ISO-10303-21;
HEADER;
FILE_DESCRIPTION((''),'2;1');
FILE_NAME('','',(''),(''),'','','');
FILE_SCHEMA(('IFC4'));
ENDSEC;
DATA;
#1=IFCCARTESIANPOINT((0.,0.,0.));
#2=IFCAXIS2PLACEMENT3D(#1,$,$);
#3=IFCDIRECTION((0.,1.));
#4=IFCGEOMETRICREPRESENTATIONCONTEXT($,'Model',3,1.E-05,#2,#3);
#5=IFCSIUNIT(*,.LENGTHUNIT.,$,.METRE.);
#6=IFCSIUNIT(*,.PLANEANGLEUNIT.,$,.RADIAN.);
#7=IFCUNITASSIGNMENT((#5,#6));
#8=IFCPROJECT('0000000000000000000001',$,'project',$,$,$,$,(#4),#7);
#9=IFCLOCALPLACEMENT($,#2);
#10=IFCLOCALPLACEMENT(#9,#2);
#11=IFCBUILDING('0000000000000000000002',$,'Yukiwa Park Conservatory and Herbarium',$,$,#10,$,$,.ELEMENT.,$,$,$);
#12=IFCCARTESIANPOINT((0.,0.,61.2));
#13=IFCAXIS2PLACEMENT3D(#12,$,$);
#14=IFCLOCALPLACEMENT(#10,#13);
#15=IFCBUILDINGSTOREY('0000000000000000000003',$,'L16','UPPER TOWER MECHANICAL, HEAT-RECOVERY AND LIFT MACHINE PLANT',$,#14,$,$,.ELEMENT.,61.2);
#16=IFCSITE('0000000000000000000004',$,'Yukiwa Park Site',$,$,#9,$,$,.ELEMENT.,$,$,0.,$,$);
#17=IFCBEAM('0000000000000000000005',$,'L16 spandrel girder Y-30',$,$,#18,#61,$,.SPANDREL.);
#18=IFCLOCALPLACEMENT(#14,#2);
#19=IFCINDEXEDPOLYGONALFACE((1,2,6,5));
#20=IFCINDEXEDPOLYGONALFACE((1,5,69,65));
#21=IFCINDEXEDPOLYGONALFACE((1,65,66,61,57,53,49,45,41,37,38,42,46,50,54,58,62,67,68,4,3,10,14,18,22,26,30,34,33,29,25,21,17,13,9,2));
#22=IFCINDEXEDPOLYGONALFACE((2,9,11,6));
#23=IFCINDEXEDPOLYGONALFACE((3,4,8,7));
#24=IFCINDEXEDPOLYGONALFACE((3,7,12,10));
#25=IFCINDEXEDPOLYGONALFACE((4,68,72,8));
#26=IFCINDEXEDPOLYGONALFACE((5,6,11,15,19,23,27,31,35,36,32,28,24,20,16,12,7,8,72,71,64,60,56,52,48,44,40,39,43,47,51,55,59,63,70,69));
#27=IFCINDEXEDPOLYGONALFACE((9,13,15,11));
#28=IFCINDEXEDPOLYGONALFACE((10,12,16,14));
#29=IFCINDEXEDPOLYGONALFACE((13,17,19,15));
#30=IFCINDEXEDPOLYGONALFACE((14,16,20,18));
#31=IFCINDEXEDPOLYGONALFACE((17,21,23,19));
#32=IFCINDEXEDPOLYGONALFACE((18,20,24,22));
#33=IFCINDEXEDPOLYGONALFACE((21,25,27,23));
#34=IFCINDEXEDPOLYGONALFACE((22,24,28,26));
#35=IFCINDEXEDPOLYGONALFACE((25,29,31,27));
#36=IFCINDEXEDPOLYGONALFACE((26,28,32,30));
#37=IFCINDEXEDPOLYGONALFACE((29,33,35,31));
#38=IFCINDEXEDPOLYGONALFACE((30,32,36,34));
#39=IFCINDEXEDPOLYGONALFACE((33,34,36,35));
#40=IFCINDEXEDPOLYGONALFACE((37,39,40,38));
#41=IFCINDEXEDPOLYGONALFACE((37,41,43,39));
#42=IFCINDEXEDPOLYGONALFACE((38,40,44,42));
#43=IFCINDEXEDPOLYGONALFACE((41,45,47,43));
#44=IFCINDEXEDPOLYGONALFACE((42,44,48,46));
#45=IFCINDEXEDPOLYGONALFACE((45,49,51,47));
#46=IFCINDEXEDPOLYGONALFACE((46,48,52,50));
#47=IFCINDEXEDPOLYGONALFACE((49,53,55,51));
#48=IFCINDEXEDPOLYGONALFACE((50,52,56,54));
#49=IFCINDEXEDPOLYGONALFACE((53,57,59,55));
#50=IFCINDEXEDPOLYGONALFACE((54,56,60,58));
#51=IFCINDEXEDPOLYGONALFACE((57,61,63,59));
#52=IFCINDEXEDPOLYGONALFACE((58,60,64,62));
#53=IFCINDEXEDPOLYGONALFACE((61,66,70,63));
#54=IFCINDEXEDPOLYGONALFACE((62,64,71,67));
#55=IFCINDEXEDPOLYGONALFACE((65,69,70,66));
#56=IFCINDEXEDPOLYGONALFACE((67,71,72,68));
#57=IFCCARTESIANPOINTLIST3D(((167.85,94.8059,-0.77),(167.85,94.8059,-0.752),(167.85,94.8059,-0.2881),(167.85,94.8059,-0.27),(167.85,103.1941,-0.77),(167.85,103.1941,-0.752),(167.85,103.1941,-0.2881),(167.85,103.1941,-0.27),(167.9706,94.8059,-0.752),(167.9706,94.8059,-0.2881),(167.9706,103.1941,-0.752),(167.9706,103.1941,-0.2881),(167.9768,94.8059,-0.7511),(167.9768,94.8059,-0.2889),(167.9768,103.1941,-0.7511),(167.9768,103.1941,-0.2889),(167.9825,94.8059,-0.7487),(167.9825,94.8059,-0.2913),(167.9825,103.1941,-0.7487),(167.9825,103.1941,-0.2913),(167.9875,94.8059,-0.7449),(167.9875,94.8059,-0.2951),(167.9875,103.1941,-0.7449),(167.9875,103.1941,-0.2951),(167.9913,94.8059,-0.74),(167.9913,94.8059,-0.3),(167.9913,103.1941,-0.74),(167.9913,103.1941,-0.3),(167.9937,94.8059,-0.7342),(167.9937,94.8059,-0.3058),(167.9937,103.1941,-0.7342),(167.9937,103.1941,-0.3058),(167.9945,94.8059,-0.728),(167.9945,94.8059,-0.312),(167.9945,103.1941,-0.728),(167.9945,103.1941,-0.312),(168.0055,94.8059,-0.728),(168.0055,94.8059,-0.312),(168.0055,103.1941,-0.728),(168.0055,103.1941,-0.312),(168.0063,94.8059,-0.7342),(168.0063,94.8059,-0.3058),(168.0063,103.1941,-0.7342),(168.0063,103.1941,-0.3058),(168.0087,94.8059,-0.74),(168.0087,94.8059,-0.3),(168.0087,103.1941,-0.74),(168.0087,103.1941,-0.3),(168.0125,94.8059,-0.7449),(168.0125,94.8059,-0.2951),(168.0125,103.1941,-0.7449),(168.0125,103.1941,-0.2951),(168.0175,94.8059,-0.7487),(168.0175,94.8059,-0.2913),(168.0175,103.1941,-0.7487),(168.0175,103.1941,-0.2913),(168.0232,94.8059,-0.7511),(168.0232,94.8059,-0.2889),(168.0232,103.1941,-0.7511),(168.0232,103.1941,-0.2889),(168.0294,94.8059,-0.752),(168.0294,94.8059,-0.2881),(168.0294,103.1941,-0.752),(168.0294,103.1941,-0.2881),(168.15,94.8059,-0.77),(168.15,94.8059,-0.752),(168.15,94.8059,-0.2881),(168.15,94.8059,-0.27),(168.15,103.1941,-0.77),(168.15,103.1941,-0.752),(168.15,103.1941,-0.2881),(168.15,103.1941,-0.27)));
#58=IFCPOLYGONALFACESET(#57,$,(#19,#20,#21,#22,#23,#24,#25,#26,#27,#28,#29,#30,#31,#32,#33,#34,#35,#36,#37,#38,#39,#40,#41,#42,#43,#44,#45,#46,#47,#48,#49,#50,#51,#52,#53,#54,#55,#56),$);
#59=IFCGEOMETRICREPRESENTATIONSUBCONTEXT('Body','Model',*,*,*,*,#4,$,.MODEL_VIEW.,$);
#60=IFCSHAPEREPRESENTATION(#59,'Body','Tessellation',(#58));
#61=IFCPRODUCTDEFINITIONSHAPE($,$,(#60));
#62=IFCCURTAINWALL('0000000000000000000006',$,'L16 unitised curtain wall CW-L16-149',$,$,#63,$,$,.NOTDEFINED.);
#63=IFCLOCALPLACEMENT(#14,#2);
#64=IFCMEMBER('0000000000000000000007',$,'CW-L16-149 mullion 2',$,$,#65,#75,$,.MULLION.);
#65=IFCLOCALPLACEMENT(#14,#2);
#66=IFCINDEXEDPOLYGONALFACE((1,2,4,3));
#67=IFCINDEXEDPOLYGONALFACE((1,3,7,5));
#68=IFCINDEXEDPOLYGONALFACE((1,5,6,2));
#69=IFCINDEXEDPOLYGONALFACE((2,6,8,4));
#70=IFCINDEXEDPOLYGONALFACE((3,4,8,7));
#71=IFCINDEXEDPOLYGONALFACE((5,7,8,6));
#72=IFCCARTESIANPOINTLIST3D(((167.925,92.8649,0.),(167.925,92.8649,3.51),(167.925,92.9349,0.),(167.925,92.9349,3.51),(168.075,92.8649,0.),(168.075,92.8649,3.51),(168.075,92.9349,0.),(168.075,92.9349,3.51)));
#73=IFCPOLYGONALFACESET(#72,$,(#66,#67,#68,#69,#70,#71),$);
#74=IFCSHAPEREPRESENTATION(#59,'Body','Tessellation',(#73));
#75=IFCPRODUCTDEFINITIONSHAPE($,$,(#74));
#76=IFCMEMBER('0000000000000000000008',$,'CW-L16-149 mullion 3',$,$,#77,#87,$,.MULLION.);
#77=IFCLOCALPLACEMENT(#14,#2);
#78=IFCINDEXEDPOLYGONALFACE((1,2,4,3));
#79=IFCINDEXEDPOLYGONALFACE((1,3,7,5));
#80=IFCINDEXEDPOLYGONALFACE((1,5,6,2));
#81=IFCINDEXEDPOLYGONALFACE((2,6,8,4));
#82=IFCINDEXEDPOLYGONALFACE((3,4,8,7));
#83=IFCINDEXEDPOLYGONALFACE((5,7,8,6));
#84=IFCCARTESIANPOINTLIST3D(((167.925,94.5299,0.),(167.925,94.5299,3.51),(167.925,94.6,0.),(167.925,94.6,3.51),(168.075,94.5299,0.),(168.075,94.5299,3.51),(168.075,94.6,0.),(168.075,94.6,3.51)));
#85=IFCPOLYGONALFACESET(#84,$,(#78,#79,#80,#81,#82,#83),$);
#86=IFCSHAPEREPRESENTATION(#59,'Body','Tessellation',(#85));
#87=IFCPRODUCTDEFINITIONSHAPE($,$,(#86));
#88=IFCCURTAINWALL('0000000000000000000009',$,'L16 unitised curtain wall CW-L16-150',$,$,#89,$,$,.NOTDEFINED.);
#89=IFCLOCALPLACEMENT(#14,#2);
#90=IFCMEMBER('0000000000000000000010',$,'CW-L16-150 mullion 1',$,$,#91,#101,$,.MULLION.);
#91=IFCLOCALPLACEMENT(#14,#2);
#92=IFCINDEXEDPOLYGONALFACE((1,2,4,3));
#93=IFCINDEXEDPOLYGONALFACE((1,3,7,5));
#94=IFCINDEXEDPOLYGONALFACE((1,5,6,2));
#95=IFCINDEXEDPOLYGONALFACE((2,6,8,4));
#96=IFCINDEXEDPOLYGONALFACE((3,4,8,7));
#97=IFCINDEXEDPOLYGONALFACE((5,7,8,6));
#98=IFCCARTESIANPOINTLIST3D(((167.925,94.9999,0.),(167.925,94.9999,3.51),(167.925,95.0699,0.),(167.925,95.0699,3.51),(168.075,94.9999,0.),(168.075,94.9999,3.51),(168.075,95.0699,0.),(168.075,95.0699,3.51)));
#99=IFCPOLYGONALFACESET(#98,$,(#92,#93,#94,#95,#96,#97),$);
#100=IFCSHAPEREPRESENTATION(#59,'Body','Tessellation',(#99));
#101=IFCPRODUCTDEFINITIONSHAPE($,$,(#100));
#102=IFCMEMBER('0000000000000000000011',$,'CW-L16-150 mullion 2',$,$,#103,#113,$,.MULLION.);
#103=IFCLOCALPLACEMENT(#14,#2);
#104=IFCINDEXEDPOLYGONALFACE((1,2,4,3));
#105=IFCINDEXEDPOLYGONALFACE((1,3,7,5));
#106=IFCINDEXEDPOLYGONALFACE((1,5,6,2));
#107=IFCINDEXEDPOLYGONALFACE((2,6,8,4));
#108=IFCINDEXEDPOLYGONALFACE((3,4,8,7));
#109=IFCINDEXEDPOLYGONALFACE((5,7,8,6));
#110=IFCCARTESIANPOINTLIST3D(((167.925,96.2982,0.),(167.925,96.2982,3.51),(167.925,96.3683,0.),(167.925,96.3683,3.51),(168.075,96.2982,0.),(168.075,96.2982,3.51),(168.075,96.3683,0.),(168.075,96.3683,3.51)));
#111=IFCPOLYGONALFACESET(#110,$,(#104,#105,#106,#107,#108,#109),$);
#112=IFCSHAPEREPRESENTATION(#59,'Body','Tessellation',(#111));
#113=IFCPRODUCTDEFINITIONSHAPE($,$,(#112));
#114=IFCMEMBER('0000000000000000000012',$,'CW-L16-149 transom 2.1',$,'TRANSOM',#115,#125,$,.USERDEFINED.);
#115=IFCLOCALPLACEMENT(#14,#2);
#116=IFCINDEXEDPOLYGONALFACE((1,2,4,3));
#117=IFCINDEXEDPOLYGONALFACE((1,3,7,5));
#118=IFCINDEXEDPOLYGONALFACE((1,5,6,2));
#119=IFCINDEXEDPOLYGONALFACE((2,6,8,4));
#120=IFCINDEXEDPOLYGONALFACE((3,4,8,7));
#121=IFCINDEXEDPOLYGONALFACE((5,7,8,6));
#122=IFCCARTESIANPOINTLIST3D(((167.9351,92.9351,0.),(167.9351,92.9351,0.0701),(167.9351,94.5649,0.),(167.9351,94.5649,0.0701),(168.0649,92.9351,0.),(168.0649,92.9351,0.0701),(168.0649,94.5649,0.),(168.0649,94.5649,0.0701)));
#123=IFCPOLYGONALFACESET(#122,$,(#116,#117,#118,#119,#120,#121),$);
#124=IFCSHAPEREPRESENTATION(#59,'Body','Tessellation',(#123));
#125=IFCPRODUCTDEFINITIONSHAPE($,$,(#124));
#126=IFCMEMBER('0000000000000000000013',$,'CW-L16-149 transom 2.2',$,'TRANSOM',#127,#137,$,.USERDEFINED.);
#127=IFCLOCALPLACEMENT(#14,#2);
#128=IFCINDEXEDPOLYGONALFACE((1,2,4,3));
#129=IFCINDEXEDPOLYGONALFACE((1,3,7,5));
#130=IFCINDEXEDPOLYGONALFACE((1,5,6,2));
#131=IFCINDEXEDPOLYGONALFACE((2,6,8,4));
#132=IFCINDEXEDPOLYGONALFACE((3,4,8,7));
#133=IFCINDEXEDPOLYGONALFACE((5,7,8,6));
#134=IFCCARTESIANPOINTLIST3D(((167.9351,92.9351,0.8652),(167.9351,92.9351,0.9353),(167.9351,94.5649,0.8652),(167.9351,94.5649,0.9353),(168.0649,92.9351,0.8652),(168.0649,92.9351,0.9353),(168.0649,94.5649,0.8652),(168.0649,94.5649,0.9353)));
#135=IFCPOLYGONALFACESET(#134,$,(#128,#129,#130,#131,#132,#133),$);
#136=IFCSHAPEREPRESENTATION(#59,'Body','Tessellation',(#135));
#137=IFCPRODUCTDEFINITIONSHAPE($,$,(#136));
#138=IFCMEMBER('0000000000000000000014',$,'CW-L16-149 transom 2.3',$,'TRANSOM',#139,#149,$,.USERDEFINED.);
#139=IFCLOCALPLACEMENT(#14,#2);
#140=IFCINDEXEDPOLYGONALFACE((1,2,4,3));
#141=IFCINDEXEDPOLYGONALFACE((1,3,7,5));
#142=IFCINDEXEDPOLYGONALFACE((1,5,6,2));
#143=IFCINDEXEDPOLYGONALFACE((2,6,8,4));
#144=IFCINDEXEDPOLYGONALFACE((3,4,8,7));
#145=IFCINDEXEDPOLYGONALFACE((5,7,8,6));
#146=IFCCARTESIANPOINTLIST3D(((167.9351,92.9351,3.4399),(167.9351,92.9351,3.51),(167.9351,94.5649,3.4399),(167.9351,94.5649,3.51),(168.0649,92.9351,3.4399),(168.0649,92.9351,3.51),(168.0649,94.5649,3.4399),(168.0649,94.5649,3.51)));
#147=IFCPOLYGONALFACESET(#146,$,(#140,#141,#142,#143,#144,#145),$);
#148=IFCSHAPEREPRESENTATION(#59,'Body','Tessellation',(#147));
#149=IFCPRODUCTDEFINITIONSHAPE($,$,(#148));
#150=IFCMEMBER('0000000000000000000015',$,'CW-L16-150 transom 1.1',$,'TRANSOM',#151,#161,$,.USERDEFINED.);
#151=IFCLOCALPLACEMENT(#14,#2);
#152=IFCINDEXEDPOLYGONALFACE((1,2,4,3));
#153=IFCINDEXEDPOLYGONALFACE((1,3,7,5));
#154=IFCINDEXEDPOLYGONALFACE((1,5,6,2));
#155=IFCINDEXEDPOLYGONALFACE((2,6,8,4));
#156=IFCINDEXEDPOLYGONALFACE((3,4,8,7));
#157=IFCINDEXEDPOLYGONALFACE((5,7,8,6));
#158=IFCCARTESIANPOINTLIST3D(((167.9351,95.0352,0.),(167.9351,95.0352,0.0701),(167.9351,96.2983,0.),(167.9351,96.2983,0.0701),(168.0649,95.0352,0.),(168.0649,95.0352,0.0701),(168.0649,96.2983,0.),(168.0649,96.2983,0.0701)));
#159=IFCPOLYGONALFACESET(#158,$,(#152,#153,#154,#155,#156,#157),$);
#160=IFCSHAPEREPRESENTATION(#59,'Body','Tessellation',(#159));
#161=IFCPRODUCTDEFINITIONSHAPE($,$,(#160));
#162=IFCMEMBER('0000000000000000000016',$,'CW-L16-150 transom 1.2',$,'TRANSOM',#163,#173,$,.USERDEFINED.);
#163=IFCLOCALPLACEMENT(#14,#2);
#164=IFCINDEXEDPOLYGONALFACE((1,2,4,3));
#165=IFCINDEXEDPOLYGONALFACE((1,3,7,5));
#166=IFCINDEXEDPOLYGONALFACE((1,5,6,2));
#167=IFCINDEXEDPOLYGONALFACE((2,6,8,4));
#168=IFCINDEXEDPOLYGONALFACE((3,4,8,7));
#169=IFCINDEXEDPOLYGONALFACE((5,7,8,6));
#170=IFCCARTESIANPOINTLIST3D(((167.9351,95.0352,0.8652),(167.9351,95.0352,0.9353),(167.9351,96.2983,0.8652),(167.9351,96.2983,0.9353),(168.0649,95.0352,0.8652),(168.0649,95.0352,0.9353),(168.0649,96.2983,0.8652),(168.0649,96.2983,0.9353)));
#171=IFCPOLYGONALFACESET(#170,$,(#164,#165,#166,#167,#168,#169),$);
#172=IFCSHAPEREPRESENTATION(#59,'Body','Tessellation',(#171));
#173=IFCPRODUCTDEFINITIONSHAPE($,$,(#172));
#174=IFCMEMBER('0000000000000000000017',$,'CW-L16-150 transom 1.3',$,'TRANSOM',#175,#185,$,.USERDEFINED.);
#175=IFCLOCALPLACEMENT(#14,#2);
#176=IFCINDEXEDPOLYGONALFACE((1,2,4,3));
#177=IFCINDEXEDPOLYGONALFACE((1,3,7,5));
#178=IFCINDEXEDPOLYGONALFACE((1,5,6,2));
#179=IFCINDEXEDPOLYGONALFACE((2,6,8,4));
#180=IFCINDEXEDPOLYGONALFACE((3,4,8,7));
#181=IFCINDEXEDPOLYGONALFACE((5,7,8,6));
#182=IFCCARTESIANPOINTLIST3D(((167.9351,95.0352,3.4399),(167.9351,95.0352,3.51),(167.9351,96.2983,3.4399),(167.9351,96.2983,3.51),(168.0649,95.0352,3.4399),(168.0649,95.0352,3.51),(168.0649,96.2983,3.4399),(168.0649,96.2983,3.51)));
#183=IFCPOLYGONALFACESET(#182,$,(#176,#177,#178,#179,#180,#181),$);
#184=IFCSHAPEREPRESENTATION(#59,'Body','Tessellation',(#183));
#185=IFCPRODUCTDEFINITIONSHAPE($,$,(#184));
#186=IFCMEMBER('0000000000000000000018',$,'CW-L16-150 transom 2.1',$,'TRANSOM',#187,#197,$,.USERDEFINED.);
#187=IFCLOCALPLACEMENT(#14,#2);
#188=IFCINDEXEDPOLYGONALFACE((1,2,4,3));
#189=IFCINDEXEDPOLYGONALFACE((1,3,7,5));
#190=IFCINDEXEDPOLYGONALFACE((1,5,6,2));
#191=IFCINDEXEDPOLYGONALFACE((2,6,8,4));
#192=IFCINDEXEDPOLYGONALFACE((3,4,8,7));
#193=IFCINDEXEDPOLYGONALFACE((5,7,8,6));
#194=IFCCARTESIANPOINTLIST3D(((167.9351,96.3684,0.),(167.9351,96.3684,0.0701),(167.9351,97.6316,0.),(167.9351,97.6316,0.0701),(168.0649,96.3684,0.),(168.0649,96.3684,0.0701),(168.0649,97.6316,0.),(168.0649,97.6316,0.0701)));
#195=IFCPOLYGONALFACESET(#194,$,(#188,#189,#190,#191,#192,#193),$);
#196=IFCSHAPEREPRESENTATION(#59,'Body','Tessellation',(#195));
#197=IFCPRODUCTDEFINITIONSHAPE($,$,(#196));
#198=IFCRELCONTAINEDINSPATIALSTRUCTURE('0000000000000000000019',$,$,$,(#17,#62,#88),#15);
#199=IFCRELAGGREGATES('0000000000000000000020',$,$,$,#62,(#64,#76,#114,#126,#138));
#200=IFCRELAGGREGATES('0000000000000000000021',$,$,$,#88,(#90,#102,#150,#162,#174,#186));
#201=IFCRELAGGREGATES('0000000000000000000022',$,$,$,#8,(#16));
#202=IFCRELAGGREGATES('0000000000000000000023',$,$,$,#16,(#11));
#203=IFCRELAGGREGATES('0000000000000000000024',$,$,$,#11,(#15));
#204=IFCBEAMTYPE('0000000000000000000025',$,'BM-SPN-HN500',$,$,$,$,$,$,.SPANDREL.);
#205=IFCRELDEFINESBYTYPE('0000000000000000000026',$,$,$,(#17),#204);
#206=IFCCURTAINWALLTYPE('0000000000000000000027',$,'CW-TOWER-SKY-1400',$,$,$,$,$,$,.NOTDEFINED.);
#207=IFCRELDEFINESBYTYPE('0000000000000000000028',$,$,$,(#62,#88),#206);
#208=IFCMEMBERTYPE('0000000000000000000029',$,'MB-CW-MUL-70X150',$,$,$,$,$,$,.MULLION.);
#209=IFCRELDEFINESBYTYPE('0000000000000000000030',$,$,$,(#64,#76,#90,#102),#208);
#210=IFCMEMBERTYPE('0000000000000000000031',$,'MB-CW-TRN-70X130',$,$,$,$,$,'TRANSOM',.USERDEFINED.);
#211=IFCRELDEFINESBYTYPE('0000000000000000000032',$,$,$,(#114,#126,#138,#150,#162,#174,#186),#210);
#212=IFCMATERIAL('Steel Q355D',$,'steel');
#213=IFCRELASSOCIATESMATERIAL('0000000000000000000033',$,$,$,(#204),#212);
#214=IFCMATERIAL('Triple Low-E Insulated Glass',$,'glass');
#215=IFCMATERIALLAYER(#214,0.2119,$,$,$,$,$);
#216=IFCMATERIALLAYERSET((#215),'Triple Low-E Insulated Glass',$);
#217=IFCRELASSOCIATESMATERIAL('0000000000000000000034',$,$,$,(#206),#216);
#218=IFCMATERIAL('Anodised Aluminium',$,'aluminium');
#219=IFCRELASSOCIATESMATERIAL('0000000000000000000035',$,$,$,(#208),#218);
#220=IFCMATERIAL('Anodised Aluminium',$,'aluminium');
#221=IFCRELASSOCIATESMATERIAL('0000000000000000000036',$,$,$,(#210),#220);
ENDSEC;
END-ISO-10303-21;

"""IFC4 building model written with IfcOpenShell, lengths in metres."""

from ifc_helpers import new_model, si_unit, direction, frame, origin, origin_2d, place, context, subcontext, project, spatial, rectangle, i_section, extrude, material, layer, layer_set, material_profile, profile_set, type_object, element, aggregate, save


model = new_model("IFC4")

# Units and contexts
model_context = context("Model", 3, precision=1e-05, world=origin(), true_north=direction((0.0, 1.0)))
body_context = subcontext(model_context, "Body", "Model", "MODEL_VIEW")
ifc_project = project(units=[si_unit("LENGTHUNIT", "METRE"), si_unit("PLANEANGLEUNIT", "RADIAN")], contexts=[model_context])

# Site, building, storey
site_placement = place(None, origin())
site = spatial("IfcSite", under=ifc_project, at=site_placement, Name="Yukiwa Park Site", CompositionType="ELEMENT", RefElevation=0.0)
building_placement = place(site_placement, origin())
building = spatial("IfcBuilding", under=site, at=building_placement, Name="Yukiwa Park Conservatory and Herbarium", CompositionType="ELEMENT")
storey_placement = place(building_placement, frame((0.0, 0.0, 61.2)))
storey = spatial("IfcBuildingStorey", under=building, at=storey_placement, Name="L16", Description="UPPER TOWER MECHANICAL, HEAT-RECOVERY AND LIFT MACHINE PLANT", CompositionType="ELEMENT", Elevation=61.2)

# Beam
ifc_material_1 = material(Name="Steel Q355D", Category="steel")
ifc_material_profile_1 = material_profile(ifc_material_1, i_section(OverallWidth=0.3, OverallDepth=0.5, WebThickness=0.011, FlangeThickness=0.0181, FilletRadius=0.0239, at=origin_2d()), Name="HM 500x300x11x18")
ifc_profile_set_1 = profile_set([ifc_material_profile_1], Name="Steel Q355D")
beam_type_1 = type_object("IfcBeamType", Name="BM-SPN-HN500", PredefinedType="SPANDREL", material=ifc_profile_set_1)
beam_1_placement = place(storey_placement, frame((168.0, 94.8059, -0.52), z_axis=(0.0, 1.0, 0.0), x_axis=(-1.0, 0.0, 0.0)))
element("IfcBeam", 1, at=beam_1_placement, inside=storey, type_object=beam_type_1, Name="L16 spandrel girder Y-30", PredefinedType="SPANDREL", context=body_context, shape_type="SweptSolid", body=[
    extrude(i_section(OverallWidth=0.3, OverallDepth=0.5, WebThickness=0.011, FlangeThickness=0.0181, FilletRadius=0.0239, at=origin_2d()), origin(), (0.0, 0.0, 1.0), 8.3882),
])

# Curtain walls, members
ifc_material_2 = material(Name="Triple Low-E Insulated Glass", Category="glass")
ifc_layer_1 = layer(ifc_material_2, 0.2119)
ifc_layer_set_1 = layer_set([ifc_layer_1], Name="Triple Low-E Insulated Glass")
curtain_wall_type = type_object("IfcCurtainWallType", Name="CW-TOWER-SKY-1400", PredefinedType="NOTDEFINED", material=ifc_layer_set_1)
curtain_wall_1_placement = place(storey_placement, origin())
curtain_wall_1 = element("IfcCurtainWall", 2, at=curtain_wall_1_placement, inside=storey, type_object=curtain_wall_type, Name="L16 unitised curtain wall CW-L16-149", PredefinedType="NOTDEFINED")
ifc_material_3 = material(Name="Anodised Aluminium", Category="aluminium")
member_type_1 = type_object("IfcMemberType", Name="MB-CW-MUL-70X150", PredefinedType="MULLION", material=ifc_material_3)
member_1_placement = place(storey_placement, frame((168.0, 92.8999, 0.0), z_axis=(0.0, 0.0, 1.0), x_axis=(0.0, 1.0, 0.0)))
member_1 = element("IfcMember", 3, at=member_1_placement, type_object=member_type_1, Name="CW-L16-149 mullion 2", PredefinedType="MULLION", context=body_context, shape_type="SweptSolid", body=[
    extrude(rectangle(XDim=0.0701, YDim=0.1499, at=origin_2d()), origin(), (0.0, 0.0, 1.0), 3.51),
])
member_2_placement = place(storey_placement, frame((168.0, 94.5649, 0.0), z_axis=(0.0, 0.0, 1.0), x_axis=(0.0, 1.0, 0.0)))
member_2 = element("IfcMember", 4, at=member_2_placement, type_object=member_type_1, Name="CW-L16-149 mullion 3", PredefinedType="MULLION", context=body_context, shape_type="SweptSolid", body=[
    extrude(rectangle(XDim=0.0701, YDim=0.1499, at=origin_2d()), origin(), (0.0, 0.0, 1.0), 3.51),
])
curtain_wall_2_placement = place(storey_placement, origin())
curtain_wall_2 = element("IfcCurtainWall", 5, at=curtain_wall_2_placement, inside=storey, type_object=curtain_wall_type, Name="L16 unitised curtain wall CW-L16-150", PredefinedType="NOTDEFINED")
member_3_placement = place(storey_placement, frame((168.0, 95.0349, 0.0), z_axis=(0.0, 0.0, 1.0), x_axis=(0.0, 1.0, 0.0)))
member_3 = element("IfcMember", 6, at=member_3_placement, type_object=member_type_1, Name="CW-L16-150 mullion 1", PredefinedType="MULLION", context=body_context, shape_type="SweptSolid", body=[
    extrude(rectangle(XDim=0.0701, YDim=0.1499, at=origin_2d()), origin(), (0.0, 0.0, 1.0), 3.51),
])
member_4_placement = place(storey_placement, frame((168.0, 96.3333, 0.0), z_axis=(0.0, 0.0, 1.0), x_axis=(0.0, 1.0, 0.0)))
member_4 = element("IfcMember", 7, at=member_4_placement, type_object=member_type_1, Name="CW-L16-150 mullion 2", PredefinedType="MULLION", context=body_context, shape_type="SweptSolid", body=[
    extrude(rectangle(XDim=0.0701, YDim=0.1499, at=origin_2d()), origin(), (0.0, 0.0, 1.0), 3.51),
])

# Members
ifc_material_4 = material(Name="Anodised Aluminium", Category="aluminium")
member_type_2 = type_object("IfcMemberType", Name="MB-CW-TRN-70X130", ElementType="TRANSOM", PredefinedType="USERDEFINED", material=ifc_material_4)
member_5_placement = place(storey_placement, frame((168.0, 93.75, 0.0), z_axis=(0.0, 0.0, 1.0), x_axis=(0.0, 1.0, 0.0)))
member_5 = element("IfcMember", 8, at=member_5_placement, type_object=member_type_2, Name="CW-L16-149 transom 2.1", ObjectType="TRANSOM", PredefinedType="USERDEFINED", context=body_context, shape_type="SweptSolid", body=[
    extrude(rectangle(XDim=1.6299, YDim=0.1299, at=origin_2d()), origin(), (0.0, 0.0, 1.0), 0.0701),
])
member_6_placement = place(storey_placement, frame((168.0, 93.75, 0.8652), z_axis=(0.0, 0.0, 1.0), x_axis=(0.0, 1.0, 0.0)))
member_6 = element("IfcMember", 9, at=member_6_placement, type_object=member_type_2, Name="CW-L16-149 transom 2.2", ObjectType="TRANSOM", PredefinedType="USERDEFINED", context=body_context, shape_type="SweptSolid", body=[
    extrude(rectangle(XDim=1.6299, YDim=0.1299, at=origin_2d()), origin(), (0.0, 0.0, 1.0), 0.0701),
])
member_7_placement = place(storey_placement, frame((168.0, 93.75, 3.4399), z_axis=(0.0, 0.0, 1.0), x_axis=(0.0, 1.0, 0.0)))
member_7 = element("IfcMember", 10, at=member_7_placement, type_object=member_type_2, Name="CW-L16-149 transom 2.3", ObjectType="TRANSOM", PredefinedType="USERDEFINED", context=body_context, shape_type="SweptSolid", body=[
    extrude(rectangle(XDim=1.6299, YDim=0.1299, at=origin_2d()), origin(), (0.0, 0.0, 1.0), 0.0701),
])
member_8_placement = place(storey_placement, frame((168.0, 95.6667, 0.0), z_axis=(0.0, 0.0, 1.0), x_axis=(0.0, 1.0, 0.0)))
member_8 = element("IfcMember", 11, at=member_8_placement, type_object=member_type_2, Name="CW-L16-150 transom 1.1", ObjectType="TRANSOM", PredefinedType="USERDEFINED", context=body_context, shape_type="SweptSolid", body=[
    extrude(rectangle(XDim=1.2632, YDim=0.1299, at=origin_2d()), origin(), (0.0, 0.0, 1.0), 0.0701),
])
member_9_placement = place(storey_placement, frame((168.0, 95.6667, 0.8652), z_axis=(0.0, 0.0, 1.0), x_axis=(0.0, 1.0, 0.0)))
member_9 = element("IfcMember", 12, at=member_9_placement, type_object=member_type_2, Name="CW-L16-150 transom 1.2", ObjectType="TRANSOM", PredefinedType="USERDEFINED", context=body_context, shape_type="SweptSolid", body=[
    extrude(rectangle(XDim=1.2632, YDim=0.1299, at=origin_2d()), origin(), (0.0, 0.0, 1.0), 0.0701),
])
member_10_placement = place(storey_placement, frame((168.0, 95.6667, 3.4399), z_axis=(0.0, 0.0, 1.0), x_axis=(0.0, 1.0, 0.0)))
member_10 = element("IfcMember", 13, at=member_10_placement, type_object=member_type_2, Name="CW-L16-150 transom 1.3", ObjectType="TRANSOM", PredefinedType="USERDEFINED", context=body_context, shape_type="SweptSolid", body=[
    extrude(rectangle(XDim=1.2632, YDim=0.1299, at=origin_2d()), origin(), (0.0, 0.0, 1.0), 0.0701),
])
member_11_placement = place(storey_placement, frame((168.0, 97.0, 0.0), z_axis=(0.0, 0.0, 1.0), x_axis=(0.0, 1.0, 0.0)))
member_11 = element("IfcMember", 14, at=member_11_placement, type_object=member_type_2, Name="CW-L16-150 transom 2.1", ObjectType="TRANSOM", PredefinedType="USERDEFINED", context=body_context, shape_type="SweptSolid", body=[
    extrude(rectangle(XDim=1.2632, YDim=0.1299, at=origin_2d()), origin(), (0.0, 0.0, 1.0), 0.0701),
])

aggregate(curtain_wall_1, [member_1, member_2, member_5, member_6, member_7])
aggregate(curtain_wall_2, [member_3, member_4, member_8, member_9, member_10, member_11])

save(model, "model.ifc")
